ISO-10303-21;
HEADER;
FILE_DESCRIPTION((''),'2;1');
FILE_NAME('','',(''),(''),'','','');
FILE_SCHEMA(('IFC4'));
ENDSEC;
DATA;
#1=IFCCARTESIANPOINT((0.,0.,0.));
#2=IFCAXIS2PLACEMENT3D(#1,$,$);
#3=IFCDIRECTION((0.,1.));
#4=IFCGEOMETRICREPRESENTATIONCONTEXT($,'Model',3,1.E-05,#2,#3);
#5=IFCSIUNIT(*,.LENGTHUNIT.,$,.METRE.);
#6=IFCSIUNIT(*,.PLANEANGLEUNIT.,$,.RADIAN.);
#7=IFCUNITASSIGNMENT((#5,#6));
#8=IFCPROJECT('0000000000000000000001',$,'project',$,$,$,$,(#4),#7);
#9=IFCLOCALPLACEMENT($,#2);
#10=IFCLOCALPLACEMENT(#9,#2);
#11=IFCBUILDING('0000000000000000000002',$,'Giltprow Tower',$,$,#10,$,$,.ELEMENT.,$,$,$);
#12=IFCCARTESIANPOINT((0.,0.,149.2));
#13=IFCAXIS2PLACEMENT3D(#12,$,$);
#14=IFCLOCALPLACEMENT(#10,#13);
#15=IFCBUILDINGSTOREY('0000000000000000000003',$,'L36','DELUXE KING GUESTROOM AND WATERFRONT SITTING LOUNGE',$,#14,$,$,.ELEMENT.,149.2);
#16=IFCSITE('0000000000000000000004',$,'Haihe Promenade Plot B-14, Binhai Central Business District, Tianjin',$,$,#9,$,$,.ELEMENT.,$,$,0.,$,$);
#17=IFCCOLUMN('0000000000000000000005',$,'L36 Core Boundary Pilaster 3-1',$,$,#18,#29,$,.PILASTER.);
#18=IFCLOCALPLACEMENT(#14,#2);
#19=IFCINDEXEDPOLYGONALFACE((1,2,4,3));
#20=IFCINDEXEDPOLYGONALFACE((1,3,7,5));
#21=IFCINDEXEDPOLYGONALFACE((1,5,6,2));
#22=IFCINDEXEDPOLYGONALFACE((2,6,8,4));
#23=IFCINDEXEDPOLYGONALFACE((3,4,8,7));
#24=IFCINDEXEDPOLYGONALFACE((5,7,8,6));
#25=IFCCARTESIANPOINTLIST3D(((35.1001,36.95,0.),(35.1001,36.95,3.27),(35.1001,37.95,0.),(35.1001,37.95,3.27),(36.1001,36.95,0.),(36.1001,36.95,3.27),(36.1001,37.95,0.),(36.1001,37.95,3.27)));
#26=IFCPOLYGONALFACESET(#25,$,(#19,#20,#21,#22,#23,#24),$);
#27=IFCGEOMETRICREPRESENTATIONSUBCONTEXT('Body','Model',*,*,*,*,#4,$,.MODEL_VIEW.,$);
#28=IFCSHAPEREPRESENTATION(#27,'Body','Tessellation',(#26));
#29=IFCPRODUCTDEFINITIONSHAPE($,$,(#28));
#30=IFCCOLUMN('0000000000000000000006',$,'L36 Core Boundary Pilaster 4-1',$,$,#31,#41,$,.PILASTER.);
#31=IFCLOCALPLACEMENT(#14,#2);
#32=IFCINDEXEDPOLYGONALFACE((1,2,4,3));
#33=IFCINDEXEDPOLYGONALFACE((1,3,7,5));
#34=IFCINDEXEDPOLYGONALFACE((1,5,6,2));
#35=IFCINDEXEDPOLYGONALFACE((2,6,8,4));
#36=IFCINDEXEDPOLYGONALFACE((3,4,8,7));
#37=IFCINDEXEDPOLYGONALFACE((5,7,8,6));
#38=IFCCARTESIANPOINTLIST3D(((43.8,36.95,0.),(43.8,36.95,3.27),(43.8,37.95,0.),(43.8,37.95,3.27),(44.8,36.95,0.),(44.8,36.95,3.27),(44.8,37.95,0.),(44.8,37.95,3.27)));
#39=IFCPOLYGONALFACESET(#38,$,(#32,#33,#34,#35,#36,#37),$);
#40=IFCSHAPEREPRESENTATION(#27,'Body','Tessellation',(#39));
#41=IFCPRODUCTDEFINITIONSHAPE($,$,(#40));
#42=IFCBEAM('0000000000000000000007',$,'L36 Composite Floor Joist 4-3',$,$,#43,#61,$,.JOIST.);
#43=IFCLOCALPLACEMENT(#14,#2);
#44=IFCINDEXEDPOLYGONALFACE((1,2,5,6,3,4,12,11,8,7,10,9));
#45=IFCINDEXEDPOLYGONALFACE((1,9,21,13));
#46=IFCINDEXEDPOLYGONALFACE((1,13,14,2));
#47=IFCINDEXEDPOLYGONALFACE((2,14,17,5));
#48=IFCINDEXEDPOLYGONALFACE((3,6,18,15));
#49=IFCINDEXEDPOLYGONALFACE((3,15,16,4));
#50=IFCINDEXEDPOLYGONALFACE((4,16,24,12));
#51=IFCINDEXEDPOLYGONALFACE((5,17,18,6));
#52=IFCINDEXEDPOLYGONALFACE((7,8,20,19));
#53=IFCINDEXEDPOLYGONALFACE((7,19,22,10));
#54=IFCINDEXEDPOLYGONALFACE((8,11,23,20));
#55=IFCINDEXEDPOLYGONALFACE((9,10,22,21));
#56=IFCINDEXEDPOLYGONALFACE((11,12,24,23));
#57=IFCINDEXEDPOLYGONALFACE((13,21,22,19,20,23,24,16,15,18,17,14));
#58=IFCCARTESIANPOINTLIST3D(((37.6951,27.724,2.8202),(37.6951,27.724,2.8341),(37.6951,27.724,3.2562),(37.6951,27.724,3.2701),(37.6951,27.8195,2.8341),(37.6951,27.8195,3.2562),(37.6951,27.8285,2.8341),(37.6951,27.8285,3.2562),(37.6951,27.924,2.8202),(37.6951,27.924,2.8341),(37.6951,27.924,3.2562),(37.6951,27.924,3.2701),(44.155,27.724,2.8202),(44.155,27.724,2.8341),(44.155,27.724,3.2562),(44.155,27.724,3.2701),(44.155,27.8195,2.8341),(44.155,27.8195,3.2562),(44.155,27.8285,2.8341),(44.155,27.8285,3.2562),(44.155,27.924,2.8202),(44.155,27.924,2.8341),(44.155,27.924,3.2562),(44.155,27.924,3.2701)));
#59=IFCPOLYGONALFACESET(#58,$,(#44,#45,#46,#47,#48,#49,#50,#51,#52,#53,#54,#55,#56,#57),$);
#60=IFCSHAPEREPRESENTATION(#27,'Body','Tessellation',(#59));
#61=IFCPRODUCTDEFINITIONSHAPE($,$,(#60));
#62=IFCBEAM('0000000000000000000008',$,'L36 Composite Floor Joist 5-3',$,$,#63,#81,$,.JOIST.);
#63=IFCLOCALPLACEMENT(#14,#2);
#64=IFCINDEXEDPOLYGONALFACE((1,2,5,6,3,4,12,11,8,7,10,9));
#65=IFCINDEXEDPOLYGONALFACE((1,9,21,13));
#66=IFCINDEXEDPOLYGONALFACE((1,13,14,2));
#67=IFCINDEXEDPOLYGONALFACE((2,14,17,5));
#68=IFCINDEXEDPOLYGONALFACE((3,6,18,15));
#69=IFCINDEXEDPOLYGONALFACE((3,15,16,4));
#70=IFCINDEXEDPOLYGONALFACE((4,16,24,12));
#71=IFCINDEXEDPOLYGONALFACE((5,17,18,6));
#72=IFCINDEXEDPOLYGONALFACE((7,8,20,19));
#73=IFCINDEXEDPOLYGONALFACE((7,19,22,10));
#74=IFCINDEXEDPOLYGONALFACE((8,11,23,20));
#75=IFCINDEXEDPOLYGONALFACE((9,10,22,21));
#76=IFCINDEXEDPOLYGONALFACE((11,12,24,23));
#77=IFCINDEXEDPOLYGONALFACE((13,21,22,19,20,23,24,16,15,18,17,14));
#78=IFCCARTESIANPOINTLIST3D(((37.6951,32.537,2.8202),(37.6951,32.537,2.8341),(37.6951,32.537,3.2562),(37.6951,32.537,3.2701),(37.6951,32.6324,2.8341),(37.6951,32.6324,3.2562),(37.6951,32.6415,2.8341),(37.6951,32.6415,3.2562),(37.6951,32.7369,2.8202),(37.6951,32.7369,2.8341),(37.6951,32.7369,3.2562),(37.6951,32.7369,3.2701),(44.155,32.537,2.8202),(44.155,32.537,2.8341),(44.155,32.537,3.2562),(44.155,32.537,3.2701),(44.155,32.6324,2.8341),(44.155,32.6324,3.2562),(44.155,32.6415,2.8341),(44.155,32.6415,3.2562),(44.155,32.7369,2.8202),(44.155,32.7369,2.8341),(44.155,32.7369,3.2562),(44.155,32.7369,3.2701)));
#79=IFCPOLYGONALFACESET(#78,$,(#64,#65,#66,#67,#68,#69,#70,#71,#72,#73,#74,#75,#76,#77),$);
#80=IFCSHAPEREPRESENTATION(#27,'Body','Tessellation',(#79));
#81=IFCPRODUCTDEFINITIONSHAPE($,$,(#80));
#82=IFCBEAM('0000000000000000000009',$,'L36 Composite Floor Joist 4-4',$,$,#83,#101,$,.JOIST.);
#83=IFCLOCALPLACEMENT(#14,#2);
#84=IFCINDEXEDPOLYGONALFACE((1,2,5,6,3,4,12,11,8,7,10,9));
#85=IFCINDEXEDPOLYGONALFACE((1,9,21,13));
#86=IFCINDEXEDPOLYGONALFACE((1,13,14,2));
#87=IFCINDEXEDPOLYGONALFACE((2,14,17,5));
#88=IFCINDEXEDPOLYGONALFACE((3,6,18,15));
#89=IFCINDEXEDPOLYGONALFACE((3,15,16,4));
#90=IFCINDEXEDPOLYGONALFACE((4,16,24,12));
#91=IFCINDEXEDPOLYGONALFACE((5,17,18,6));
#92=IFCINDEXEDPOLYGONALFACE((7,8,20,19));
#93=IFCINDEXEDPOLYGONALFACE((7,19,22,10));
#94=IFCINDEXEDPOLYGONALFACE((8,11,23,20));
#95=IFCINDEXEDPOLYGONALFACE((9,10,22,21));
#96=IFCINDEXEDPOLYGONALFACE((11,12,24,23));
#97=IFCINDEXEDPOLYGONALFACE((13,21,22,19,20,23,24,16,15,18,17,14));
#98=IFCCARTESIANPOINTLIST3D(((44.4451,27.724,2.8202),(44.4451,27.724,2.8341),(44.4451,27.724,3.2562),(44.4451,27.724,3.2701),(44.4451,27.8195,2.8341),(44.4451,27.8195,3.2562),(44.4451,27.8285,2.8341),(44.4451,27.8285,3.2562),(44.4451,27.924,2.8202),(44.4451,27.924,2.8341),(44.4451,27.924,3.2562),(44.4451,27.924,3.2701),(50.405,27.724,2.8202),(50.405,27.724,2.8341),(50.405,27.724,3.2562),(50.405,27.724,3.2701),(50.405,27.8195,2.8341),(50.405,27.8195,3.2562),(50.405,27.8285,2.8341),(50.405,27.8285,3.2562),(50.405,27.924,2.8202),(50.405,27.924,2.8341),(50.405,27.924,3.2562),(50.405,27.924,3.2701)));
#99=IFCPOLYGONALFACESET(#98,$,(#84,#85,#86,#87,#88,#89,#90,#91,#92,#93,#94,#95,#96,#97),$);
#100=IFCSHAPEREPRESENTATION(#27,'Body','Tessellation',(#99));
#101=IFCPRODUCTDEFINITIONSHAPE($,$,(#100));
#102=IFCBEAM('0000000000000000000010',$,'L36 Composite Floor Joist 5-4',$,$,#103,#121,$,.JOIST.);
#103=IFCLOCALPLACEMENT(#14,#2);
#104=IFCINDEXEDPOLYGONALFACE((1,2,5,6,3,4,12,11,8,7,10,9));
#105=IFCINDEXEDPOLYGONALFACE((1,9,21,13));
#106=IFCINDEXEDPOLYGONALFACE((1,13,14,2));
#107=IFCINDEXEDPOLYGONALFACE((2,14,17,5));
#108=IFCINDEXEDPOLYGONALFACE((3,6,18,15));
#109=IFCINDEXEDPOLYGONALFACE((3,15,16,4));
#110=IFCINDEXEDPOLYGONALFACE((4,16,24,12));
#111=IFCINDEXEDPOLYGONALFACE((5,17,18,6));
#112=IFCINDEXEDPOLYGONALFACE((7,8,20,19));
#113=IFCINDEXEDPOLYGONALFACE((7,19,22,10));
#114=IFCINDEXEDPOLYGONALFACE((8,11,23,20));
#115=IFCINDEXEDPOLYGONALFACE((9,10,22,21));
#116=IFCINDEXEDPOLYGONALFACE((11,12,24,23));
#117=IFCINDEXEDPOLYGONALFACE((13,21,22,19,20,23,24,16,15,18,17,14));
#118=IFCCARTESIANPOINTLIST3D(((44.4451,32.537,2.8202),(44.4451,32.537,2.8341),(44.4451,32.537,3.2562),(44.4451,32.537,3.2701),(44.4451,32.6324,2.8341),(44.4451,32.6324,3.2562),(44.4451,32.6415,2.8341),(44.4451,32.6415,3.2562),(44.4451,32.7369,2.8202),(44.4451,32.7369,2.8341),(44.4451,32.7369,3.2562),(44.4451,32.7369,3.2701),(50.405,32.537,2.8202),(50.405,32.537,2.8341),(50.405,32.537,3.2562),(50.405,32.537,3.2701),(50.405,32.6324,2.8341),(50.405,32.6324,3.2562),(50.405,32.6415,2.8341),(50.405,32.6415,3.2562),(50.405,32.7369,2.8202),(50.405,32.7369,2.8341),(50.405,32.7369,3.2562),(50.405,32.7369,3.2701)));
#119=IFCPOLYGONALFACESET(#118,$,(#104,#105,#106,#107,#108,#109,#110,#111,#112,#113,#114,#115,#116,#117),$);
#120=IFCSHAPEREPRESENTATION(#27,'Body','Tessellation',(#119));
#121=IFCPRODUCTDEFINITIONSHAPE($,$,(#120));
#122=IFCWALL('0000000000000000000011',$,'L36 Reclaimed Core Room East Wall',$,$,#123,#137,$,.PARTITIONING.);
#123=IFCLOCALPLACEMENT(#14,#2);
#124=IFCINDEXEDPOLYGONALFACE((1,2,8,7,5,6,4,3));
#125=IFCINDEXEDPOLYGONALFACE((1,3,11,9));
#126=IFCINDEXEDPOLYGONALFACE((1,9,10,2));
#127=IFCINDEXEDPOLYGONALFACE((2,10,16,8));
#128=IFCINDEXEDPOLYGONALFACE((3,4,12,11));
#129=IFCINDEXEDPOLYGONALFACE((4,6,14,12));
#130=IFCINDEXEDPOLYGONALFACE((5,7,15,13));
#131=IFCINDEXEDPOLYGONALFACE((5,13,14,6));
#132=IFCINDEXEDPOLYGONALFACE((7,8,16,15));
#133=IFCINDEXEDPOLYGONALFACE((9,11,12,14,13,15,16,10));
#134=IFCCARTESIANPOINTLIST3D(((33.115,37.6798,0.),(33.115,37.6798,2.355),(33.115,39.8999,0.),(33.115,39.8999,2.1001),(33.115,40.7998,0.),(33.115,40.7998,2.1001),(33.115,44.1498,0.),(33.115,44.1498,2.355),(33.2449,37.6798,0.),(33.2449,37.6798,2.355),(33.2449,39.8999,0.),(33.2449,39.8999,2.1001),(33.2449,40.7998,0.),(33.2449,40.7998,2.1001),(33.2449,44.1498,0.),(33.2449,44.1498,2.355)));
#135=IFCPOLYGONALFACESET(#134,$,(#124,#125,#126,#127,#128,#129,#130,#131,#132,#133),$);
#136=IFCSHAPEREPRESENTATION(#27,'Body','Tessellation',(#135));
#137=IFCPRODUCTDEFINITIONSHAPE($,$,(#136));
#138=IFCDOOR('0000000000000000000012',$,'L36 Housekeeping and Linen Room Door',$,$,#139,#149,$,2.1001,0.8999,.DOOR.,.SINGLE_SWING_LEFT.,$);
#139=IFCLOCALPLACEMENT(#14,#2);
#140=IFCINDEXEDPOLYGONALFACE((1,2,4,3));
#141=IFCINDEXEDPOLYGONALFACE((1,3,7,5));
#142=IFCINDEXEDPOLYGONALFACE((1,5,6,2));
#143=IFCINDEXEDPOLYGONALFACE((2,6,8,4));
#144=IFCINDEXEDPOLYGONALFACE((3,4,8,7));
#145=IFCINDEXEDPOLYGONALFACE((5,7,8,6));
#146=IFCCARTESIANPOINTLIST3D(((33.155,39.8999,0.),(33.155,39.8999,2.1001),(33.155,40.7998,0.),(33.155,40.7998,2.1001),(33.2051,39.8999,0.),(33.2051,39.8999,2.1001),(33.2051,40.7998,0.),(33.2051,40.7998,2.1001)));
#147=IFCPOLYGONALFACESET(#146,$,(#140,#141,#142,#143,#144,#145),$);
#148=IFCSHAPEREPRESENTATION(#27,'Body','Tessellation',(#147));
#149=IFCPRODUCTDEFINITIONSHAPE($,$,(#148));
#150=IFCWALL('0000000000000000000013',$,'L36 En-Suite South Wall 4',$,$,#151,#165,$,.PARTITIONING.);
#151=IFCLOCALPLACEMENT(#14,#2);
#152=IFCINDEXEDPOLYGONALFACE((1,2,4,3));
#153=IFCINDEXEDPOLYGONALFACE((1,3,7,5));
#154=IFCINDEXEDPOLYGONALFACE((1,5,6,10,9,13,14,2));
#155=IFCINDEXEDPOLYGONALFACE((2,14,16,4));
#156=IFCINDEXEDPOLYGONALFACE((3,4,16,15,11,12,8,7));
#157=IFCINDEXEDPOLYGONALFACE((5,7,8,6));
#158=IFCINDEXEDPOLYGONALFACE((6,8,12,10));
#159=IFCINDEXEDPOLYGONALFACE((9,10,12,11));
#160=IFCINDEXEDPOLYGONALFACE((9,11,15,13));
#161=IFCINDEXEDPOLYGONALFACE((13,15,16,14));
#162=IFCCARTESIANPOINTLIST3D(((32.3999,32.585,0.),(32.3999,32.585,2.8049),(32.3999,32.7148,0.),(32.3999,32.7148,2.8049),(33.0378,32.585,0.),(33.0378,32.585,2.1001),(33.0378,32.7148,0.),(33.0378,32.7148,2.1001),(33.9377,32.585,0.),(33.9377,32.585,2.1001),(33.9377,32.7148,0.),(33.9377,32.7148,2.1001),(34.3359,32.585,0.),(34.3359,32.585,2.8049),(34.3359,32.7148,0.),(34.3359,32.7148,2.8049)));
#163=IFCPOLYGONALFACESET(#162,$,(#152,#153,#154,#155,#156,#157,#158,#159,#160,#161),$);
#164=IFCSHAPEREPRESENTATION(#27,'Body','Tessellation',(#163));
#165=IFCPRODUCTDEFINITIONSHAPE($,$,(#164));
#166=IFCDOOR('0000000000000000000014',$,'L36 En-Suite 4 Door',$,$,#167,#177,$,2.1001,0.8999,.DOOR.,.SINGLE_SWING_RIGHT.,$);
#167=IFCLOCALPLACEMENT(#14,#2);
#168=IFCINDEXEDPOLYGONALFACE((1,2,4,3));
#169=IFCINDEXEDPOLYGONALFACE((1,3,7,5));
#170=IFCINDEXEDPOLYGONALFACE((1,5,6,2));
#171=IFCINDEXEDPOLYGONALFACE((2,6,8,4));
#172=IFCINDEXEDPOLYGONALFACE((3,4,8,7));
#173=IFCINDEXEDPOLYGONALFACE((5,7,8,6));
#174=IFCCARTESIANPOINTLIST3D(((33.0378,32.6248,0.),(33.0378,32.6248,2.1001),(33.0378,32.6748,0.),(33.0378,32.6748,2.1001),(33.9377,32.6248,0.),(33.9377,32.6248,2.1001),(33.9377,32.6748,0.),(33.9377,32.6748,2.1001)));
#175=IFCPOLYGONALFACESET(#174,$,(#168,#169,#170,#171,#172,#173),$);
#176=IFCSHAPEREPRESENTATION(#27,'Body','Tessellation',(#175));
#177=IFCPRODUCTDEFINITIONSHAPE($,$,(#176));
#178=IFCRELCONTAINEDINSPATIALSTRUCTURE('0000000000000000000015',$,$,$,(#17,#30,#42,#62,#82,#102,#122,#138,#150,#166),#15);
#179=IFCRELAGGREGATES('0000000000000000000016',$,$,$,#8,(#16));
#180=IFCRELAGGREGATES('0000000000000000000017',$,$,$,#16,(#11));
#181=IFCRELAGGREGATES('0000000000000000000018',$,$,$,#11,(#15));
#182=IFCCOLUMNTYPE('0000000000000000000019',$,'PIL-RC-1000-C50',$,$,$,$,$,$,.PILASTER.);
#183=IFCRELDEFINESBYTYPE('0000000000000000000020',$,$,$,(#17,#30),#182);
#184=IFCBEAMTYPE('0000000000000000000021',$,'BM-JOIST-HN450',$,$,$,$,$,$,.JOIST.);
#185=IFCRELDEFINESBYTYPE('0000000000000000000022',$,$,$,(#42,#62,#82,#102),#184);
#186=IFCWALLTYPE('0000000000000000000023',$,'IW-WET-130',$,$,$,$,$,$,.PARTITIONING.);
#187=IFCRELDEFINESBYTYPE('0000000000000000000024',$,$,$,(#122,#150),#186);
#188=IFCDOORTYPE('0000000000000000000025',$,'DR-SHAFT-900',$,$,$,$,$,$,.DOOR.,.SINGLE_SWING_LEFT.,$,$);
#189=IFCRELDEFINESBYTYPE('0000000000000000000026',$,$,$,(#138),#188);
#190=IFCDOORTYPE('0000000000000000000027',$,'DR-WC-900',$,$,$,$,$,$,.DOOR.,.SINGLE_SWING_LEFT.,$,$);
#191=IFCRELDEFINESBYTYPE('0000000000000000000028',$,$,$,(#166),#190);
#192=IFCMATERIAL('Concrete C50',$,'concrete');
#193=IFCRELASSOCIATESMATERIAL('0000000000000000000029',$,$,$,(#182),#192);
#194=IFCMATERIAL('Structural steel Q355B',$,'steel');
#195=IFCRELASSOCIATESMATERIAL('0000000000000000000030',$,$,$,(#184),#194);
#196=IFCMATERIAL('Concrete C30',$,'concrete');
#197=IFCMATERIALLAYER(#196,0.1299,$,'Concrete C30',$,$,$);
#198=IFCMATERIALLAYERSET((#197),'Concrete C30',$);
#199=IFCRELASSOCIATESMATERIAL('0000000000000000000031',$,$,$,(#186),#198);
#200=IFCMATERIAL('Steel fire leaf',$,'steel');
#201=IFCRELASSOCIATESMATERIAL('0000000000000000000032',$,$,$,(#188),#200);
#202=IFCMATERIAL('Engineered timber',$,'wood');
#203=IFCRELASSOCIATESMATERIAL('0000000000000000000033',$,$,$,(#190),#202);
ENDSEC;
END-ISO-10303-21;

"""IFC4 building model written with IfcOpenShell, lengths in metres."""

from ifc_helpers import new_model, si_unit, direction, frame, frame_2d, origin, origin_2d, place, context, subcontext, project, spatial, rectangle, i_section, extrude, source, transform, mapped, material, layer, layer_set, material_profile, profile_set, type_object, element, fill, save


model = new_model("IFC4")

# Units and contexts
model_context = context("Model", 3, precision=1e-05, world=origin(), true_north=direction((0.0, 1.0)))
body_context = subcontext(model_context, "Body", "Model", "MODEL_VIEW")
ifc_project = project(units=[si_unit("LENGTHUNIT", "METRE"), si_unit("PLANEANGLEUNIT", "RADIAN")], contexts=[model_context])

# Site, building, storey
site_placement = place(None, origin())
site = spatial("IfcSite", under=ifc_project, at=site_placement, Name="Haihe Promenade Plot B-14, Binhai Central Business District, Tianjin", CompositionType="ELEMENT", RefElevation=0.0)
building_placement = place(site_placement, origin())
building = spatial("IfcBuilding", under=site, at=building_placement, Name="Giltprow Tower", CompositionType="ELEMENT")
storey_placement = place(building_placement, frame((0.0, 0.0, 149.2)))
storey = spatial("IfcBuildingStorey", under=building, at=storey_placement, Name="L36", Description="DELUXE KING GUESTROOM AND WATERFRONT SITTING LOUNGE", CompositionType="ELEMENT", Elevation=149.2)

# Columns
ifc_material_1 = material(Name="Concrete C50", Category="concrete")
ifc_material_profile_1 = material_profile(ifc_material_1, rectangle(XDim=1.0, YDim=1.0, at=origin_2d()), Name="RC 1000x1000")
ifc_profile_set_1 = profile_set([ifc_material_profile_1], Name="Concrete C50")
column_type = type_object("IfcColumnType", Name="PIL-RC-1000-C50", PredefinedType="PILASTER", material=ifc_profile_set_1)
shared_shape_1 = source(origin(), body_context, "Body", "SweptSolid", [
    extrude(rectangle(XDim=1.0, YDim=1.0, at=origin_2d()), origin(), (0.0, 0.0, 1.0), 3.27),
])
for number, where, z_axis, x_axis, name in (
    (1, (35.6001, 37.45, 0.0), (0.0, 0.0, 1.0), (1.0, 0.0, 0.0), "L36 Core Boundary Pilaster 3-1"),
    (2, (44.3, 37.45, 0.0), (0.0, 0.0, 1.0), (1.0, 0.0, 0.0), "L36 Core Boundary Pilaster 4-1"),
):
    element("IfcColumn", number, at=place(storey_placement, frame(where, z_axis=z_axis, x_axis=x_axis)), inside=storey, type_object=column_type, Name=name, PredefinedType="PILASTER", context=body_context, shape_type="MappedRepresentation", body=[
        mapped(shared_shape_1, transform((0.0, 0.0, 0.0), x_axis=(1.0, 0.0, 0.0), y_axis=(0.0, 1.0, 0.0), z_axis=(0.0, 0.0, 1.0), scale=1.0)),
    ])

# Beams
ifc_material_2 = material(Name="Structural steel Q355B", Category="steel")
ifc_material_profile_2 = material_profile(ifc_material_2, i_section(OverallWidth=0.2, OverallDepth=0.45, WebThickness=0.009, FlangeThickness=0.0139, at=origin_2d()), Name="HN 450x200x9x14")
ifc_profile_set_2 = profile_set([ifc_material_profile_2], Name="Structural steel Q355B")
beam_type = type_object("IfcBeamType", Name="BM-JOIST-HN450", PredefinedType="JOIST", material=ifc_profile_set_2)
shared_shape_2 = source(origin(), body_context, "Body", "SweptSolid", [
    extrude(i_section(OverallWidth=0.2, OverallDepth=0.45, WebThickness=0.009, FlangeThickness=0.0139, at=origin_2d()), origin(), (0.0, 0.0, 1.0), 6.46),
])
for number, where, z_axis, x_axis, name in (
    (3, (37.6951, 27.824, 3.0452), (1.0, 0.0, 0.0), (0.0, 1.0, 0.0), "L36 Composite Floor Joist 4-3"),
    (4, (37.6951, 32.637, 3.0452), (1.0, 0.0, 0.0), (0.0, 1.0, 0.0), "L36 Composite Floor Joist 5-3"),
):
    element("IfcBeam", number, at=place(storey_placement, frame(where, z_axis=z_axis, x_axis=x_axis)), inside=storey, type_object=beam_type, Name=name, PredefinedType="JOIST", context=body_context, shape_type="MappedRepresentation", body=[
        mapped(shared_shape_2, transform((0.0, 0.0, 0.0), x_axis=(1.0, 0.0, 0.0), y_axis=(0.0, 1.0, 0.0), z_axis=(0.0, 0.0, 1.0), scale=1.0)),
    ])
shared_shape_3 = source(origin(), body_context, "Body", "SweptSolid", [
    extrude(i_section(OverallWidth=0.2, OverallDepth=0.45, WebThickness=0.009, FlangeThickness=0.0139, at=origin_2d()), origin(), (0.0, 0.0, 1.0), 5.96),
])
for number, where, z_axis, x_axis, name in (
    (5, (44.4451, 27.824, 3.0452), (1.0, 0.0, 0.0), (0.0, 1.0, 0.0), "L36 Composite Floor Joist 4-4"),
    (6, (44.4451, 32.637, 3.0452), (1.0, 0.0, 0.0), (0.0, 1.0, 0.0), "L36 Composite Floor Joist 5-4"),
):
    element("IfcBeam", number, at=place(storey_placement, frame(where, z_axis=z_axis, x_axis=x_axis)), inside=storey, type_object=beam_type, Name=name, PredefinedType="JOIST", context=body_context, shape_type="MappedRepresentation", body=[
        mapped(shared_shape_3, transform((0.0, 0.0, 0.0), x_axis=(1.0, 0.0, 0.0), y_axis=(0.0, 1.0, 0.0), z_axis=(0.0, 0.0, 1.0), scale=1.0)),
    ])

# Walls, openings, doors
ifc_material_3 = material(Name="Concrete C30", Category="concrete")
ifc_layer_1 = layer(ifc_material_3, 0.1299, Name="Concrete C30")
ifc_layer_set_1 = layer_set([ifc_layer_1], Name="Concrete C30")
wall_type_1 = type_object("IfcWallType", Name="IW-WET-130", PredefinedType="PARTITIONING", material=ifc_layer_set_1)
wall_1_placement = place(storey_placement, frame((33.1799, 37.6799, 0.0), z_axis=(0.0, 0.0, 1.0), x_axis=(0.0, 1.0, 0.0)))
wall_1 = element("IfcWall", 7, at=wall_1_placement, inside=storey, type_object=wall_type_1, Name="L36 Reclaimed Core Room East Wall", PredefinedType="PARTITIONING", context=body_context, shape_type="SweptSolid", body=[
    extrude(rectangle(XDim=6.47, YDim=0.1299, at=frame_2d((3.2349, 0.0))), origin(), (0.0, 0.0, 1.0), 2.355),
])
opening_1_placement = place(wall_1_placement, frame((2.22, 0.0, 0.0)))
opening_1 = element("IfcOpeningElement", 8, at=opening_1_placement, cuts=wall_1, PredefinedType="OPENING", context=body_context, shape_type="SweptSolid", body=[
    extrude(rectangle(XDim=0.8999, YDim=2.1001, at=frame_2d((0.45, 1.05))), frame((0.0, 0.075, 0.0), z_axis=(0.0, -1.0, 0.0), x_axis=(1.0, 0.0, 0.0)), (0.0, 0.0, 1.0), 0.1499),
])
ifc_material_4 = material(Name="Steel fire leaf", Category="steel")
door_type_1 = type_object("IfcDoorType", Name="DR-SHAFT-900", OperationType="SINGLE_SWING_LEFT", PredefinedType="DOOR", material=ifc_material_4)
shared_shape_4 = source(origin(), body_context, "Body", "SweptSolid", [
    extrude(rectangle(XDim=0.8999, YDim=2.1001, at=frame_2d((0.45, 1.05))), frame((0.0, 0.0249, 0.0), z_axis=(0.0, -1.0, 0.0), x_axis=(1.0, 0.0, 0.0)), (0.0, 0.0, 1.0), 0.05),
])
door_1_placement = place(opening_1_placement, origin())
door_1 = element("IfcDoor", 9, at=door_1_placement, inside=storey, type_object=door_type_1, Name="L36 Housekeeping and Linen Room Door", OperationType="SINGLE_SWING_LEFT", OverallHeight=2.1001, OverallWidth=0.8999, PredefinedType="DOOR", context=body_context, shape_type="MappedRepresentation", body=[
    mapped(shared_shape_4, transform((0.0, 0.0, 0.0), x_axis=(1.0, 0.0, 0.0), y_axis=(0.0, 1.0, 0.0), z_axis=(0.0, 0.0, 1.0), scale=1.0)),
])
fill(opening_1, door_1)
wall_2_placement = place(storey_placement, frame((32.3999, 32.6499, 0.0), z_axis=(0.0, 0.0, 1.0), x_axis=(1.0, 0.0, 0.0)))
wall_2 = element("IfcWall", 10, at=wall_2_placement, inside=storey, type_object=wall_type_1, Name="L36 En-Suite South Wall 4", PredefinedType="PARTITIONING", context=body_context, shape_type="SweptSolid", body=[
    extrude(rectangle(XDim=1.936, YDim=0.1299, at=frame_2d((0.968, 0.0))), origin(), (0.0, 0.0, 1.0), 2.8049),
])
opening_2_placement = place(wall_2_placement, frame((0.6379, 0.0, 0.0)))
opening_2 = element("IfcOpeningElement", 11, at=opening_2_placement, cuts=wall_2, PredefinedType="OPENING", context=body_context, shape_type="SweptSolid", body=[
    extrude(rectangle(XDim=0.8999, YDim=2.1001, at=frame_2d((0.45, 1.05))), frame((0.0, 0.075, 0.0), z_axis=(0.0, -1.0, 0.0), x_axis=(1.0, 0.0, 0.0)), (0.0, 0.0, 1.0), 0.1499),
])
ifc_material_5 = material(Name="Engineered timber", Category="wood")
door_type_2 = type_object("IfcDoorType", Name="DR-WC-900", OperationType="SINGLE_SWING_LEFT", PredefinedType="DOOR", material=ifc_material_5)
door_2_placement = place(opening_2_placement, origin())
door_2 = element("IfcDoor", 12, at=door_2_placement, inside=storey, type_object=door_type_2, Name="L36 En-Suite 4 Door", OperationType="SINGLE_SWING_RIGHT", OverallHeight=2.1001, OverallWidth=0.8999, PredefinedType="DOOR", context=body_context, shape_type="MappedRepresentation", body=[
    mapped(shared_shape_4, transform((0.0, 0.0, 0.0), x_axis=(1.0, 0.0, 0.0), y_axis=(0.0, 1.0, 0.0), z_axis=(0.0, 0.0, 1.0), scale=1.0)),
])
fill(opening_2, door_2)

save(model, "model.ifc")
